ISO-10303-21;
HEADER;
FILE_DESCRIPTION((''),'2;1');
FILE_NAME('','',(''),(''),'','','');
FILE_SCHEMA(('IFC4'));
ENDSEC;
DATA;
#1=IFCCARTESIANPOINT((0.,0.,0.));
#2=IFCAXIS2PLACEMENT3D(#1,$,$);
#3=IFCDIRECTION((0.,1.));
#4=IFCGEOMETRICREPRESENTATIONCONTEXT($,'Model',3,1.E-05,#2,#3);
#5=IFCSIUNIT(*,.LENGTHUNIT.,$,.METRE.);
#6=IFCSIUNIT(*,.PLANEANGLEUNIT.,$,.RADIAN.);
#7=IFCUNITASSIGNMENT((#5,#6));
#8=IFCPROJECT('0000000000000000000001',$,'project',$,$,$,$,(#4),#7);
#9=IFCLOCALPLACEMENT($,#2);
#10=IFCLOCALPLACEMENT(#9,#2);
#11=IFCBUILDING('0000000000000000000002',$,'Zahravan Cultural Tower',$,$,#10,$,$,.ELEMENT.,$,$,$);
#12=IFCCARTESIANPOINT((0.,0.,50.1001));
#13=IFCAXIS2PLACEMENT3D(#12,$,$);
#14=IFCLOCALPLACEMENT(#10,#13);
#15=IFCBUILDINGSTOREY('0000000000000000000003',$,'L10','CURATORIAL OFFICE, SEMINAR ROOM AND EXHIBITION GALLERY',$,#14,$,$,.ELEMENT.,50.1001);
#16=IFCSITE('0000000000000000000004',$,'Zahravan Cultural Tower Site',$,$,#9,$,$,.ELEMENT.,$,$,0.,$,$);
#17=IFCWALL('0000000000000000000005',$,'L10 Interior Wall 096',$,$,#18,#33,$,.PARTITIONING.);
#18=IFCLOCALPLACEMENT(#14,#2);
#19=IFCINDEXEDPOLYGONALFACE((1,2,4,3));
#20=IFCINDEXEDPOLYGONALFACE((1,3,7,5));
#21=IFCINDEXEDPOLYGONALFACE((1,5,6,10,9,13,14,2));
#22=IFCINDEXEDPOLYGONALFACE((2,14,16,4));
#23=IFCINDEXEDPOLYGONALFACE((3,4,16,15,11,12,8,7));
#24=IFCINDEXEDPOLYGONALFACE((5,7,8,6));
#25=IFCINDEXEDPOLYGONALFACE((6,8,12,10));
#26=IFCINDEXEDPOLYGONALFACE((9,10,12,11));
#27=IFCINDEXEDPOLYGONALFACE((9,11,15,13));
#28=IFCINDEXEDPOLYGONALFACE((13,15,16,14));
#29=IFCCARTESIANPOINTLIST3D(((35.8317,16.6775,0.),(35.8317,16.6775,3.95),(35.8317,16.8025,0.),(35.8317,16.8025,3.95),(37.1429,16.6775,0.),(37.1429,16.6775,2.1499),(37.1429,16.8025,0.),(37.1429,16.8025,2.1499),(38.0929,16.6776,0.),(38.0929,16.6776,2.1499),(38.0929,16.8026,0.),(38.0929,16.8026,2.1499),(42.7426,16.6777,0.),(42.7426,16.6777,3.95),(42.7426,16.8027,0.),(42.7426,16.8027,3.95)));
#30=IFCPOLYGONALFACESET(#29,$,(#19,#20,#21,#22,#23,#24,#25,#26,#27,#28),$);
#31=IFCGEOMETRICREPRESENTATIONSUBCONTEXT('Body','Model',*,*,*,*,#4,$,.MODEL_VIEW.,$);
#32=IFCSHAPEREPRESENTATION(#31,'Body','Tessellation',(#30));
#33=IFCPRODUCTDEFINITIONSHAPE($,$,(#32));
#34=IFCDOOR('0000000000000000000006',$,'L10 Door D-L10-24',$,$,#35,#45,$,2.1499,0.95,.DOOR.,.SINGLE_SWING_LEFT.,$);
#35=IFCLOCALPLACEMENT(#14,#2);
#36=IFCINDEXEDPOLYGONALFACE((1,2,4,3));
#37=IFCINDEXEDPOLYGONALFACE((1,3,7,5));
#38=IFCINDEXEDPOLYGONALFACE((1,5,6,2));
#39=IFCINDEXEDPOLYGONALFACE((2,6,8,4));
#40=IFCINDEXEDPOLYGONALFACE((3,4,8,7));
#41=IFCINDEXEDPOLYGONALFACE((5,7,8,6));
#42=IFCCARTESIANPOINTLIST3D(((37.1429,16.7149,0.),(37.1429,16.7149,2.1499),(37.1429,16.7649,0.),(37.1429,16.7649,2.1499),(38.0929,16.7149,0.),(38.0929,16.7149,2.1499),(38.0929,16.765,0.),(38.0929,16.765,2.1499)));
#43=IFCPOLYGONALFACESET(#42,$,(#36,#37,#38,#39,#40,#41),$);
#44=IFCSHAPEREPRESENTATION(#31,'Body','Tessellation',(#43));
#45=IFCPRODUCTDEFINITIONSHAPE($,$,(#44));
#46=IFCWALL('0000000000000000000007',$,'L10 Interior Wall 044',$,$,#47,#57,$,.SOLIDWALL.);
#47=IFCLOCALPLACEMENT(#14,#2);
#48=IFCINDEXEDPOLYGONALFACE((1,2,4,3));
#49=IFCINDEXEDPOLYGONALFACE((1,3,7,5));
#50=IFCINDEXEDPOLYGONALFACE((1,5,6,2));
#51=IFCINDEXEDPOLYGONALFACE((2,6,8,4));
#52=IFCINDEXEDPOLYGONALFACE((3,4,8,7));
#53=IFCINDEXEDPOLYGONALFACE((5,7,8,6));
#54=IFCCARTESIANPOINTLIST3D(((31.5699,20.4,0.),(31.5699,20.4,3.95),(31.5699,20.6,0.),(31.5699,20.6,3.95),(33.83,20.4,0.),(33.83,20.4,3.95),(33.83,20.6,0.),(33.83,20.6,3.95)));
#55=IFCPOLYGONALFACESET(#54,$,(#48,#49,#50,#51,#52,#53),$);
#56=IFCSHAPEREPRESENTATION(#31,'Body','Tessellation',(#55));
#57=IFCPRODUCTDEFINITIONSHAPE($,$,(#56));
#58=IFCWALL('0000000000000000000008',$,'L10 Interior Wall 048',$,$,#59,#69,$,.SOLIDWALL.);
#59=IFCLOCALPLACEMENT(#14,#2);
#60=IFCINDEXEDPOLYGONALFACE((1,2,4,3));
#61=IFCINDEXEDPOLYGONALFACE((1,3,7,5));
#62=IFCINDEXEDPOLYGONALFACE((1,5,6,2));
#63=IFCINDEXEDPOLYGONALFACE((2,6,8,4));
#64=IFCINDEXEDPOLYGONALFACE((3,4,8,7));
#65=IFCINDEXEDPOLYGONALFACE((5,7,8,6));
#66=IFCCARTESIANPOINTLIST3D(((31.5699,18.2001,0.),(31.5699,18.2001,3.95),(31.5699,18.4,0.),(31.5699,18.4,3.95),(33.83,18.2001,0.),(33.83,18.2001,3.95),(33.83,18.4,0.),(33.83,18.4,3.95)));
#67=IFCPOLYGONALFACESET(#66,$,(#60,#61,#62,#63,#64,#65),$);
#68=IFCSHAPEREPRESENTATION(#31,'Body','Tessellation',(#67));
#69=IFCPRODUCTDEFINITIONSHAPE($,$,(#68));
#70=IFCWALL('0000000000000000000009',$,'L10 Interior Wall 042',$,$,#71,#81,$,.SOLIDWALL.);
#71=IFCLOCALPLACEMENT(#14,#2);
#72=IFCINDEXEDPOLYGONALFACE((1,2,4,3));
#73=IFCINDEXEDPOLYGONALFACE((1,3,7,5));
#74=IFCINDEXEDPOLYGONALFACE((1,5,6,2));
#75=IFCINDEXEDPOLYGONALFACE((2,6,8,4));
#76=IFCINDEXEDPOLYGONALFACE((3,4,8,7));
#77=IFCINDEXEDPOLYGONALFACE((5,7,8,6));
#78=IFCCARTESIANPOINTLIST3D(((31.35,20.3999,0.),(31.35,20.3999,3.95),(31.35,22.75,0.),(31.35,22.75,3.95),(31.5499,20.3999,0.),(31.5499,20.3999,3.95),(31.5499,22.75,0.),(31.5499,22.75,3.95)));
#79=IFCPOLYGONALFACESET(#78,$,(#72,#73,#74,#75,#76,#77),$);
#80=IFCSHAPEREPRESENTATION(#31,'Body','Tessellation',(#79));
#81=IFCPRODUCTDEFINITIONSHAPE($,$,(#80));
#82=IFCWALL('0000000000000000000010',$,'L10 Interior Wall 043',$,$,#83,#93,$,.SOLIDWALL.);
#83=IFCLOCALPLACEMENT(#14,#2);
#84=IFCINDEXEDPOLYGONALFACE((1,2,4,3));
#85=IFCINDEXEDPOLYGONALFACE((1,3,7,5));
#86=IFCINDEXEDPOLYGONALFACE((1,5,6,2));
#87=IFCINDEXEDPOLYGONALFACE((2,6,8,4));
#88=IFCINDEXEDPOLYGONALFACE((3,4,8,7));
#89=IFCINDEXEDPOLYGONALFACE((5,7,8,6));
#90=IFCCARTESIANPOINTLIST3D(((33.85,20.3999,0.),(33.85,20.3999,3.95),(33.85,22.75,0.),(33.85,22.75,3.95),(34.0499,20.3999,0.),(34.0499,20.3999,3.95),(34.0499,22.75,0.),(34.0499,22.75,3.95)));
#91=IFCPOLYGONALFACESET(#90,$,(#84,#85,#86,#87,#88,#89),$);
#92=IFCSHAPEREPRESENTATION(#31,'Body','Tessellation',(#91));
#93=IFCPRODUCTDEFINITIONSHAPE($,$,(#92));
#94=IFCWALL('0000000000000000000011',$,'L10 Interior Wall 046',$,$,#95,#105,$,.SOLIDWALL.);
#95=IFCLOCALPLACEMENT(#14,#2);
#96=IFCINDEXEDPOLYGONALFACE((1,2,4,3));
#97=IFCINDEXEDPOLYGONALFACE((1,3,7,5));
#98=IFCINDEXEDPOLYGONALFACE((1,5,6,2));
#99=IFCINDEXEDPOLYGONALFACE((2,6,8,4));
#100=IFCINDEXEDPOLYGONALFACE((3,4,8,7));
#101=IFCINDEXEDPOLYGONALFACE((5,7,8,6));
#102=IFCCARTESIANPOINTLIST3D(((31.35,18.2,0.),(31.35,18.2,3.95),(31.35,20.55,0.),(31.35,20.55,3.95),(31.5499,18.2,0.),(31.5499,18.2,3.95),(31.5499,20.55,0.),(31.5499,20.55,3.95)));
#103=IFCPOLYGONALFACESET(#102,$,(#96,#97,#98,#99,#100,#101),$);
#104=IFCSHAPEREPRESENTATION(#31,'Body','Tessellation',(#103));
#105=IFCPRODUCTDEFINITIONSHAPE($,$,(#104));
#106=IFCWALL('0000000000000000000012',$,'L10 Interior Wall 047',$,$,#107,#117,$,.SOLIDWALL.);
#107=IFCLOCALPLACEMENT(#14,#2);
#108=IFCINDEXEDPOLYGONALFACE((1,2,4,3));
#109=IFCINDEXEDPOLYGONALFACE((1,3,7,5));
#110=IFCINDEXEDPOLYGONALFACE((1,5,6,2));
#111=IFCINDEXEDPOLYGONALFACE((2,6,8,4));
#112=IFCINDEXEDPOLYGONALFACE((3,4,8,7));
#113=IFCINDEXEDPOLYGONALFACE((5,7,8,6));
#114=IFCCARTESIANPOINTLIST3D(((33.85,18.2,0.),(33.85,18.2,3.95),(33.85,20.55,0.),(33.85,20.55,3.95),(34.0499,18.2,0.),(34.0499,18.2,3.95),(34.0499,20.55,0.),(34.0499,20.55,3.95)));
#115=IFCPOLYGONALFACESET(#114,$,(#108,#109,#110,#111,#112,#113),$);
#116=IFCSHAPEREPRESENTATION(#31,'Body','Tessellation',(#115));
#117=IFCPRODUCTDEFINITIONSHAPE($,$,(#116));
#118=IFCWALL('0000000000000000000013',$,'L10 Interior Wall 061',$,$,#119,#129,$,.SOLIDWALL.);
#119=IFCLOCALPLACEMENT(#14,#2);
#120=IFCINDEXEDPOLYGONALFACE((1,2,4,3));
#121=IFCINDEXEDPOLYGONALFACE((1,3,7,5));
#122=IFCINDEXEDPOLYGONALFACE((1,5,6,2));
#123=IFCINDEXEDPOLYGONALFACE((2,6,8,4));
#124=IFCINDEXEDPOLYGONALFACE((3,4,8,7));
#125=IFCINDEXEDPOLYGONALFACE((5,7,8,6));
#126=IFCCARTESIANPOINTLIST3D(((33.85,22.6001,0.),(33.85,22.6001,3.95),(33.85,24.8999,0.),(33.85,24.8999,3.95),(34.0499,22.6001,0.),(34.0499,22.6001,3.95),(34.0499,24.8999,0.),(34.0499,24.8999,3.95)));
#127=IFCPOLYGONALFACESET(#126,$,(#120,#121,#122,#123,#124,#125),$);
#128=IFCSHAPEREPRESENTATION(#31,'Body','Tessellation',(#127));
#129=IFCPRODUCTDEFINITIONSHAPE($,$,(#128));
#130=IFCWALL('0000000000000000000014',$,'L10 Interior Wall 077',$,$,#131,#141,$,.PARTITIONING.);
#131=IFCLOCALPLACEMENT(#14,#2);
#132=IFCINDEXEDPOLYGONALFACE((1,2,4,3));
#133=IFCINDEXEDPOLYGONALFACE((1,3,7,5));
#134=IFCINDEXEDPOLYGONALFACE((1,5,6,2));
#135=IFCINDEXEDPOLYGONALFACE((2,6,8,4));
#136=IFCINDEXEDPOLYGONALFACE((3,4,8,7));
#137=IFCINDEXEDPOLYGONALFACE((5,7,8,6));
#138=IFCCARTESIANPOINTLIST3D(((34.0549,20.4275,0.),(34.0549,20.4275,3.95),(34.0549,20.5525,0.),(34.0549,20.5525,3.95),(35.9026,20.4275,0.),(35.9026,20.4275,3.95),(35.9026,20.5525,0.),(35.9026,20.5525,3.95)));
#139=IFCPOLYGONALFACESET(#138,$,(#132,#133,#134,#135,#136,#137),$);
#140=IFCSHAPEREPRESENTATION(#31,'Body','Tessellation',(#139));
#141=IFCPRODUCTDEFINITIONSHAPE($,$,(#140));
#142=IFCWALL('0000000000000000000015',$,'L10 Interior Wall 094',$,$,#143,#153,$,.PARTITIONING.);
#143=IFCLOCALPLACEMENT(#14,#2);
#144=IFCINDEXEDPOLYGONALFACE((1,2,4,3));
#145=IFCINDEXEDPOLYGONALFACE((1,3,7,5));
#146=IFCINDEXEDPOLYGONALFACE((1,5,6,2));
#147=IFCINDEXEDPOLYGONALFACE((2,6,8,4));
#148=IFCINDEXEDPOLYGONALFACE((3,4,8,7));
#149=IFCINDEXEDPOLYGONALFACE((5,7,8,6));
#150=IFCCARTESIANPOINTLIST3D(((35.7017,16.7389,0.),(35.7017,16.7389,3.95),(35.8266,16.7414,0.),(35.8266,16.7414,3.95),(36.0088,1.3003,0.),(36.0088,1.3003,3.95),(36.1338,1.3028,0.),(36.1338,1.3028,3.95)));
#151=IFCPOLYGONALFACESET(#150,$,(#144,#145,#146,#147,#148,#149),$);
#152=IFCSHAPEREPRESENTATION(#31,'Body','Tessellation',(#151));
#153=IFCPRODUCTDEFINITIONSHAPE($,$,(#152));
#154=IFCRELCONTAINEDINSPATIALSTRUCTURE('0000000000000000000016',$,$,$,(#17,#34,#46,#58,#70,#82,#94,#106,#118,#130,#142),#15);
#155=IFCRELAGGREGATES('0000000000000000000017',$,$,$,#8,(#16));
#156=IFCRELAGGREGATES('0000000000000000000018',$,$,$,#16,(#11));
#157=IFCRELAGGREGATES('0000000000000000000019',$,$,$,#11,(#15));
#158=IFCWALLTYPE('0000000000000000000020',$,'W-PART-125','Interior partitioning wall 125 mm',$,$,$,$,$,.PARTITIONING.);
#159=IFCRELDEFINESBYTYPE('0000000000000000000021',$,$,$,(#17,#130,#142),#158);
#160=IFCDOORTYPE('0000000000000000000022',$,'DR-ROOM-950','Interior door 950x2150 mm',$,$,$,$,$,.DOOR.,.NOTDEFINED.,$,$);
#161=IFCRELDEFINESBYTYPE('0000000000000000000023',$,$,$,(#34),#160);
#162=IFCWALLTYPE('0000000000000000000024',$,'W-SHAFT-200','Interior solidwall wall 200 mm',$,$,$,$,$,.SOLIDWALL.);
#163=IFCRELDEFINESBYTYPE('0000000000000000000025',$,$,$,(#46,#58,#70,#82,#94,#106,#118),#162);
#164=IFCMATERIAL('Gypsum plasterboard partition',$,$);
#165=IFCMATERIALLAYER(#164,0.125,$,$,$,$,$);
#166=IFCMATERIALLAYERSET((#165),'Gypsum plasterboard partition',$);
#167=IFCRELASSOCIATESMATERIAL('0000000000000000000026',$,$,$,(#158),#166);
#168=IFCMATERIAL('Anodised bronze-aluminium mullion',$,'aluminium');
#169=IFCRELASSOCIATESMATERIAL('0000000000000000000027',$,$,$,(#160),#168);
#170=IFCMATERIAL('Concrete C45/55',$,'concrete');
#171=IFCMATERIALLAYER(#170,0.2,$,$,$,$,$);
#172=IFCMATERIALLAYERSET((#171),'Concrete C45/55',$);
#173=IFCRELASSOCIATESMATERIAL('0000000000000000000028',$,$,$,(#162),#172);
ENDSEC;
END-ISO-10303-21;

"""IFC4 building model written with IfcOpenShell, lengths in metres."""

from ifc_helpers import new_model, si_unit, direction, frame, frame_2d, origin, place, context, subcontext, project, spatial, rectangle, extrude, source, transform, mapped, material, layer, layer_set, type_object, element, fill, save


model = new_model("IFC4")

# Units and contexts
model_context = context("Model", 3, precision=1e-05, world=origin(), true_north=direction((0.0, 1.0)))
body_context = subcontext(model_context, "Body", "Model", "MODEL_VIEW")
ifc_project = project(units=[si_unit("LENGTHUNIT", "METRE"), si_unit("PLANEANGLEUNIT", "RADIAN")], contexts=[model_context])

# Site, building, storey
site_placement = place(None, origin())
site = spatial("IfcSite", under=ifc_project, at=site_placement, Name="Zahravan Cultural Tower Site", CompositionType="ELEMENT", RefElevation=0.0)
building_placement = place(site_placement, origin())
building = spatial("IfcBuilding", under=site, at=building_placement, Name="Zahravan Cultural Tower", CompositionType="ELEMENT")
storey_placement = place(building_placement, frame((0.0, 0.0, 50.1001)))
storey = spatial("IfcBuildingStorey", under=building, at=storey_placement, Name="L10", Description="CURATORIAL OFFICE, SEMINAR ROOM AND EXHIBITION GALLERY", CompositionType="ELEMENT", Elevation=50.1001)

# Shared definitions
ifc_material_1 = material(Name="Anodised bronze-aluminium mullion", Category="aluminium")

# Wall, opening, door
ifc_material_2 = material(Name="Gypsum plasterboard partition")
ifc_layer_1 = layer(ifc_material_2, 0.125)
ifc_layer_set_1 = layer_set([ifc_layer_1], Name="Gypsum plasterboard partition")
wall_type_1 = type_object("IfcWallType", Name="W-PART-125", Description="Interior partitioning wall 125 mm", PredefinedType="PARTITIONING", material=ifc_layer_set_1)
wall_1_placement = place(storey_placement, frame((35.8315, 16.74, 0.0), z_axis=(0.0, 0.0, 1.0), x_axis=(1.0, 0.000035, 0.0)))
wall_1 = element("IfcWall", 1, at=wall_1_placement, inside=storey, type_object=wall_type_1, Name="L10 Interior Wall 096", PredefinedType="PARTITIONING", context=body_context, shape_type="SweptSolid", body=[
    extrude(rectangle(XDim=6.9109, YDim=0.125, at=frame_2d((3.4556, 0.0))), origin(), (0.0, 0.0, 1.0), 3.95),
])
opening_1_placement = place(wall_1_placement, frame((1.3113, 0.0, 0.0)))
opening_1 = element("IfcOpeningElement", 2, at=opening_1_placement, cuts=wall_1, PredefinedType="OPENING", context=body_context, shape_type="SweptSolid", body=[
    extrude(rectangle(XDim=0.95, YDim=2.1499, at=frame_2d((0.4751, 1.075))), frame((0.0, 0.0725, 0.0), z_axis=(0.0, -1.0, 0.0), x_axis=(1.0, 0.0, 0.0)), (0.0, 0.0, 1.0), 0.145),
])
door_type_1 = type_object("IfcDoorType", Name="DR-ROOM-950", Description="Interior door 950x2150 mm", OperationType="NOTDEFINED", PredefinedType="DOOR", material=ifc_material_1)
shared_shape_1 = source(origin(), body_context, "Body", "SweptSolid", [
    extrude(rectangle(XDim=0.95, YDim=2.1499, at=frame_2d((0.4751, 1.075))), frame((0.0, 0.0249, 0.0), z_axis=(0.0, -1.0, 0.0), x_axis=(1.0, 0.0, 0.0)), (0.0, 0.0, 1.0), 0.05),
])
door_1_placement = place(opening_1_placement, origin())
door_1 = element("IfcDoor", 3, at=door_1_placement, inside=storey, type_object=door_type_1, Name="L10 Door D-L10-24", OperationType="SINGLE_SWING_LEFT", OverallHeight=2.1499, OverallWidth=0.95, PredefinedType="DOOR", context=body_context, shape_type="MappedRepresentation", body=[
    mapped(shared_shape_1, transform((0.0, 0.0, 0.0), x_axis=(1.0, 0.0, 0.0), y_axis=(0.0, 1.0, 0.0), z_axis=(0.0, 0.0, 1.0), scale=1.0)),
])
fill(opening_1, door_1)
ifc_material_3 = material(Name="Concrete C45/55", Category="concrete")
ifc_layer_2 = layer(ifc_material_3, 0.2)
ifc_layer_set_2 = layer_set([ifc_layer_2], Name="Concrete C45/55")
wall_type_2 = type_object("IfcWallType", Name="W-SHAFT-200", Description="Interior solidwall wall 200 mm", PredefinedType="SOLIDWALL", material=ifc_layer_set_2)

# Walls
shared_shape_2 = source(origin(), body_context, "Body", "SweptSolid", [
    extrude(rectangle(XDim=2.26, YDim=0.2, at=frame_2d((1.1299, 0.0))), origin(), (0.0, 0.0, 1.0), 3.95),
])
for number, where, z_axis, x_axis, name in (
    (4, (31.5701, 20.5, 0.0), (0.0, 0.0, 1.0), (1.0, 0.0, 0.0), "L10 Interior Wall 044"),
    (5, (31.5701, 18.3, 0.0), (0.0, 0.0, 1.0), (1.0, 0.0, 0.0), "L10 Interior Wall 048"),
):
    element("IfcWall", number, at=place(storey_placement, frame(where, z_axis=z_axis, x_axis=x_axis)), inside=storey, type_object=wall_type_2, Name=name, PredefinedType="SOLIDWALL", context=body_context, shape_type="MappedRepresentation", body=[
        mapped(shared_shape_2, transform((0.0, 0.0, 0.0), x_axis=(1.0, 0.0, 0.0), y_axis=(0.0, 1.0, 0.0), z_axis=(0.0, 0.0, 1.0), scale=1.0)),
    ])
shared_shape_3 = source(origin(), body_context, "Body", "SweptSolid", [
    extrude(rectangle(XDim=2.3501, YDim=0.2, at=frame_2d((1.175, 0.0))), origin(), (0.0, 0.0, 1.0), 3.95),
])
for number, where, z_axis, x_axis, name in (
    (6, (31.45, 20.3999, 0.0), (0.0, 0.0, 1.0), (0.0, 1.0, 0.0), "L10 Interior Wall 042"),
    (7, (33.95, 20.3999, 0.0), (0.0, 0.0, 1.0), (0.0, 1.0, 0.0), "L10 Interior Wall 043"),
    (8, (31.45, 18.2, 0.0), (0.0, 0.0, 1.0), (0.0, 1.0, 0.0), "L10 Interior Wall 046"),
    (9, (33.95, 18.2, 0.0), (0.0, 0.0, 1.0), (0.0, 1.0, 0.0), "L10 Interior Wall 047"),
):
    element("IfcWall", number, at=place(storey_placement, frame(where, z_axis=z_axis, x_axis=x_axis)), inside=storey, type_object=wall_type_2, Name=name, PredefinedType="SOLIDWALL", context=body_context, shape_type="MappedRepresentation", body=[
        mapped(shared_shape_3, transform((0.0, 0.0, 0.0), x_axis=(1.0, 0.0, 0.0), y_axis=(0.0, 1.0, 0.0), z_axis=(0.0, 0.0, 1.0), scale=1.0)),
    ])
shared_shape_4 = source(origin(), body_context, "Body", "SweptSolid", [
    extrude(rectangle(XDim=2.2998, YDim=0.2, at=frame_2d((1.1499, 0.0))), origin(), (0.0, 0.0, 1.0), 3.95),
])
wall_2_placement = place(storey_placement, frame((33.95, 22.6001, 0.0), z_axis=(0.0, 0.0, 1.0), x_axis=(0.0, 1.0, 0.0)))
element("IfcWall", 10, at=wall_2_placement, inside=storey, type_object=wall_type_2, Name="L10 Interior Wall 061", PredefinedType="SOLIDWALL", context=body_context, shape_type="MappedRepresentation", body=[
    mapped(shared_shape_4, transform((0.0, 0.0, 0.0), x_axis=(1.0, 0.0, 0.0), y_axis=(0.0, 1.0, 0.0), z_axis=(0.0, 0.0, 1.0), scale=1.0)),
])
shared_shape_5 = source(origin(), body_context, "Body", "SweptSolid", [
    extrude(rectangle(XDim=1.8477, YDim=0.125, at=frame_2d((0.9238, 0.0))), origin(), (0.0, 0.0, 1.0), 3.95),
])
wall_3_placement = place(storey_placement, frame((35.9026, 20.49, 0.0), z_axis=(0.0, 0.0, 1.0), x_axis=(-1.0, 0.0, 0.0)))
element("IfcWall", 11, at=wall_3_placement, inside=storey, type_object=wall_type_1, Name="L10 Interior Wall 077", PredefinedType="PARTITIONING", context=body_context, shape_type="MappedRepresentation", body=[
    mapped(shared_shape_5, transform((0.0, 0.0, 0.0), x_axis=(1.0, 0.0, 0.0), y_axis=(0.0, 1.0, 0.0), z_axis=(0.0, 0.0, 1.0), scale=1.0)),
])
shared_shape_6 = source(origin(), body_context, "Body", "SweptSolid", [
    extrude(rectangle(XDim=15.4417, YDim=0.125, at=frame_2d((7.7207, 0.0))), origin(), (0.0, 0.0, 1.0), 3.95),
])
wall_4_placement = place(storey_placement, frame((35.7642, 16.74, 0.0), z_axis=(0.0, 0.0, 1.0), x_axis=(0.01989, -0.999802, 0.0)))
element("IfcWall", 12, at=wall_4_placement, inside=storey, type_object=wall_type_1, Name="L10 Interior Wall 094", PredefinedType="PARTITIONING", context=body_context, shape_type="MappedRepresentation", body=[
    mapped(shared_shape_6, transform((0.0, 0.0, 0.0), x_axis=(1.0, 0.0, 0.0), y_axis=(0.0, 1.0, 0.0), z_axis=(0.0, 0.0, 1.0), scale=1.0)),
])

save(model, "model.ifc")
